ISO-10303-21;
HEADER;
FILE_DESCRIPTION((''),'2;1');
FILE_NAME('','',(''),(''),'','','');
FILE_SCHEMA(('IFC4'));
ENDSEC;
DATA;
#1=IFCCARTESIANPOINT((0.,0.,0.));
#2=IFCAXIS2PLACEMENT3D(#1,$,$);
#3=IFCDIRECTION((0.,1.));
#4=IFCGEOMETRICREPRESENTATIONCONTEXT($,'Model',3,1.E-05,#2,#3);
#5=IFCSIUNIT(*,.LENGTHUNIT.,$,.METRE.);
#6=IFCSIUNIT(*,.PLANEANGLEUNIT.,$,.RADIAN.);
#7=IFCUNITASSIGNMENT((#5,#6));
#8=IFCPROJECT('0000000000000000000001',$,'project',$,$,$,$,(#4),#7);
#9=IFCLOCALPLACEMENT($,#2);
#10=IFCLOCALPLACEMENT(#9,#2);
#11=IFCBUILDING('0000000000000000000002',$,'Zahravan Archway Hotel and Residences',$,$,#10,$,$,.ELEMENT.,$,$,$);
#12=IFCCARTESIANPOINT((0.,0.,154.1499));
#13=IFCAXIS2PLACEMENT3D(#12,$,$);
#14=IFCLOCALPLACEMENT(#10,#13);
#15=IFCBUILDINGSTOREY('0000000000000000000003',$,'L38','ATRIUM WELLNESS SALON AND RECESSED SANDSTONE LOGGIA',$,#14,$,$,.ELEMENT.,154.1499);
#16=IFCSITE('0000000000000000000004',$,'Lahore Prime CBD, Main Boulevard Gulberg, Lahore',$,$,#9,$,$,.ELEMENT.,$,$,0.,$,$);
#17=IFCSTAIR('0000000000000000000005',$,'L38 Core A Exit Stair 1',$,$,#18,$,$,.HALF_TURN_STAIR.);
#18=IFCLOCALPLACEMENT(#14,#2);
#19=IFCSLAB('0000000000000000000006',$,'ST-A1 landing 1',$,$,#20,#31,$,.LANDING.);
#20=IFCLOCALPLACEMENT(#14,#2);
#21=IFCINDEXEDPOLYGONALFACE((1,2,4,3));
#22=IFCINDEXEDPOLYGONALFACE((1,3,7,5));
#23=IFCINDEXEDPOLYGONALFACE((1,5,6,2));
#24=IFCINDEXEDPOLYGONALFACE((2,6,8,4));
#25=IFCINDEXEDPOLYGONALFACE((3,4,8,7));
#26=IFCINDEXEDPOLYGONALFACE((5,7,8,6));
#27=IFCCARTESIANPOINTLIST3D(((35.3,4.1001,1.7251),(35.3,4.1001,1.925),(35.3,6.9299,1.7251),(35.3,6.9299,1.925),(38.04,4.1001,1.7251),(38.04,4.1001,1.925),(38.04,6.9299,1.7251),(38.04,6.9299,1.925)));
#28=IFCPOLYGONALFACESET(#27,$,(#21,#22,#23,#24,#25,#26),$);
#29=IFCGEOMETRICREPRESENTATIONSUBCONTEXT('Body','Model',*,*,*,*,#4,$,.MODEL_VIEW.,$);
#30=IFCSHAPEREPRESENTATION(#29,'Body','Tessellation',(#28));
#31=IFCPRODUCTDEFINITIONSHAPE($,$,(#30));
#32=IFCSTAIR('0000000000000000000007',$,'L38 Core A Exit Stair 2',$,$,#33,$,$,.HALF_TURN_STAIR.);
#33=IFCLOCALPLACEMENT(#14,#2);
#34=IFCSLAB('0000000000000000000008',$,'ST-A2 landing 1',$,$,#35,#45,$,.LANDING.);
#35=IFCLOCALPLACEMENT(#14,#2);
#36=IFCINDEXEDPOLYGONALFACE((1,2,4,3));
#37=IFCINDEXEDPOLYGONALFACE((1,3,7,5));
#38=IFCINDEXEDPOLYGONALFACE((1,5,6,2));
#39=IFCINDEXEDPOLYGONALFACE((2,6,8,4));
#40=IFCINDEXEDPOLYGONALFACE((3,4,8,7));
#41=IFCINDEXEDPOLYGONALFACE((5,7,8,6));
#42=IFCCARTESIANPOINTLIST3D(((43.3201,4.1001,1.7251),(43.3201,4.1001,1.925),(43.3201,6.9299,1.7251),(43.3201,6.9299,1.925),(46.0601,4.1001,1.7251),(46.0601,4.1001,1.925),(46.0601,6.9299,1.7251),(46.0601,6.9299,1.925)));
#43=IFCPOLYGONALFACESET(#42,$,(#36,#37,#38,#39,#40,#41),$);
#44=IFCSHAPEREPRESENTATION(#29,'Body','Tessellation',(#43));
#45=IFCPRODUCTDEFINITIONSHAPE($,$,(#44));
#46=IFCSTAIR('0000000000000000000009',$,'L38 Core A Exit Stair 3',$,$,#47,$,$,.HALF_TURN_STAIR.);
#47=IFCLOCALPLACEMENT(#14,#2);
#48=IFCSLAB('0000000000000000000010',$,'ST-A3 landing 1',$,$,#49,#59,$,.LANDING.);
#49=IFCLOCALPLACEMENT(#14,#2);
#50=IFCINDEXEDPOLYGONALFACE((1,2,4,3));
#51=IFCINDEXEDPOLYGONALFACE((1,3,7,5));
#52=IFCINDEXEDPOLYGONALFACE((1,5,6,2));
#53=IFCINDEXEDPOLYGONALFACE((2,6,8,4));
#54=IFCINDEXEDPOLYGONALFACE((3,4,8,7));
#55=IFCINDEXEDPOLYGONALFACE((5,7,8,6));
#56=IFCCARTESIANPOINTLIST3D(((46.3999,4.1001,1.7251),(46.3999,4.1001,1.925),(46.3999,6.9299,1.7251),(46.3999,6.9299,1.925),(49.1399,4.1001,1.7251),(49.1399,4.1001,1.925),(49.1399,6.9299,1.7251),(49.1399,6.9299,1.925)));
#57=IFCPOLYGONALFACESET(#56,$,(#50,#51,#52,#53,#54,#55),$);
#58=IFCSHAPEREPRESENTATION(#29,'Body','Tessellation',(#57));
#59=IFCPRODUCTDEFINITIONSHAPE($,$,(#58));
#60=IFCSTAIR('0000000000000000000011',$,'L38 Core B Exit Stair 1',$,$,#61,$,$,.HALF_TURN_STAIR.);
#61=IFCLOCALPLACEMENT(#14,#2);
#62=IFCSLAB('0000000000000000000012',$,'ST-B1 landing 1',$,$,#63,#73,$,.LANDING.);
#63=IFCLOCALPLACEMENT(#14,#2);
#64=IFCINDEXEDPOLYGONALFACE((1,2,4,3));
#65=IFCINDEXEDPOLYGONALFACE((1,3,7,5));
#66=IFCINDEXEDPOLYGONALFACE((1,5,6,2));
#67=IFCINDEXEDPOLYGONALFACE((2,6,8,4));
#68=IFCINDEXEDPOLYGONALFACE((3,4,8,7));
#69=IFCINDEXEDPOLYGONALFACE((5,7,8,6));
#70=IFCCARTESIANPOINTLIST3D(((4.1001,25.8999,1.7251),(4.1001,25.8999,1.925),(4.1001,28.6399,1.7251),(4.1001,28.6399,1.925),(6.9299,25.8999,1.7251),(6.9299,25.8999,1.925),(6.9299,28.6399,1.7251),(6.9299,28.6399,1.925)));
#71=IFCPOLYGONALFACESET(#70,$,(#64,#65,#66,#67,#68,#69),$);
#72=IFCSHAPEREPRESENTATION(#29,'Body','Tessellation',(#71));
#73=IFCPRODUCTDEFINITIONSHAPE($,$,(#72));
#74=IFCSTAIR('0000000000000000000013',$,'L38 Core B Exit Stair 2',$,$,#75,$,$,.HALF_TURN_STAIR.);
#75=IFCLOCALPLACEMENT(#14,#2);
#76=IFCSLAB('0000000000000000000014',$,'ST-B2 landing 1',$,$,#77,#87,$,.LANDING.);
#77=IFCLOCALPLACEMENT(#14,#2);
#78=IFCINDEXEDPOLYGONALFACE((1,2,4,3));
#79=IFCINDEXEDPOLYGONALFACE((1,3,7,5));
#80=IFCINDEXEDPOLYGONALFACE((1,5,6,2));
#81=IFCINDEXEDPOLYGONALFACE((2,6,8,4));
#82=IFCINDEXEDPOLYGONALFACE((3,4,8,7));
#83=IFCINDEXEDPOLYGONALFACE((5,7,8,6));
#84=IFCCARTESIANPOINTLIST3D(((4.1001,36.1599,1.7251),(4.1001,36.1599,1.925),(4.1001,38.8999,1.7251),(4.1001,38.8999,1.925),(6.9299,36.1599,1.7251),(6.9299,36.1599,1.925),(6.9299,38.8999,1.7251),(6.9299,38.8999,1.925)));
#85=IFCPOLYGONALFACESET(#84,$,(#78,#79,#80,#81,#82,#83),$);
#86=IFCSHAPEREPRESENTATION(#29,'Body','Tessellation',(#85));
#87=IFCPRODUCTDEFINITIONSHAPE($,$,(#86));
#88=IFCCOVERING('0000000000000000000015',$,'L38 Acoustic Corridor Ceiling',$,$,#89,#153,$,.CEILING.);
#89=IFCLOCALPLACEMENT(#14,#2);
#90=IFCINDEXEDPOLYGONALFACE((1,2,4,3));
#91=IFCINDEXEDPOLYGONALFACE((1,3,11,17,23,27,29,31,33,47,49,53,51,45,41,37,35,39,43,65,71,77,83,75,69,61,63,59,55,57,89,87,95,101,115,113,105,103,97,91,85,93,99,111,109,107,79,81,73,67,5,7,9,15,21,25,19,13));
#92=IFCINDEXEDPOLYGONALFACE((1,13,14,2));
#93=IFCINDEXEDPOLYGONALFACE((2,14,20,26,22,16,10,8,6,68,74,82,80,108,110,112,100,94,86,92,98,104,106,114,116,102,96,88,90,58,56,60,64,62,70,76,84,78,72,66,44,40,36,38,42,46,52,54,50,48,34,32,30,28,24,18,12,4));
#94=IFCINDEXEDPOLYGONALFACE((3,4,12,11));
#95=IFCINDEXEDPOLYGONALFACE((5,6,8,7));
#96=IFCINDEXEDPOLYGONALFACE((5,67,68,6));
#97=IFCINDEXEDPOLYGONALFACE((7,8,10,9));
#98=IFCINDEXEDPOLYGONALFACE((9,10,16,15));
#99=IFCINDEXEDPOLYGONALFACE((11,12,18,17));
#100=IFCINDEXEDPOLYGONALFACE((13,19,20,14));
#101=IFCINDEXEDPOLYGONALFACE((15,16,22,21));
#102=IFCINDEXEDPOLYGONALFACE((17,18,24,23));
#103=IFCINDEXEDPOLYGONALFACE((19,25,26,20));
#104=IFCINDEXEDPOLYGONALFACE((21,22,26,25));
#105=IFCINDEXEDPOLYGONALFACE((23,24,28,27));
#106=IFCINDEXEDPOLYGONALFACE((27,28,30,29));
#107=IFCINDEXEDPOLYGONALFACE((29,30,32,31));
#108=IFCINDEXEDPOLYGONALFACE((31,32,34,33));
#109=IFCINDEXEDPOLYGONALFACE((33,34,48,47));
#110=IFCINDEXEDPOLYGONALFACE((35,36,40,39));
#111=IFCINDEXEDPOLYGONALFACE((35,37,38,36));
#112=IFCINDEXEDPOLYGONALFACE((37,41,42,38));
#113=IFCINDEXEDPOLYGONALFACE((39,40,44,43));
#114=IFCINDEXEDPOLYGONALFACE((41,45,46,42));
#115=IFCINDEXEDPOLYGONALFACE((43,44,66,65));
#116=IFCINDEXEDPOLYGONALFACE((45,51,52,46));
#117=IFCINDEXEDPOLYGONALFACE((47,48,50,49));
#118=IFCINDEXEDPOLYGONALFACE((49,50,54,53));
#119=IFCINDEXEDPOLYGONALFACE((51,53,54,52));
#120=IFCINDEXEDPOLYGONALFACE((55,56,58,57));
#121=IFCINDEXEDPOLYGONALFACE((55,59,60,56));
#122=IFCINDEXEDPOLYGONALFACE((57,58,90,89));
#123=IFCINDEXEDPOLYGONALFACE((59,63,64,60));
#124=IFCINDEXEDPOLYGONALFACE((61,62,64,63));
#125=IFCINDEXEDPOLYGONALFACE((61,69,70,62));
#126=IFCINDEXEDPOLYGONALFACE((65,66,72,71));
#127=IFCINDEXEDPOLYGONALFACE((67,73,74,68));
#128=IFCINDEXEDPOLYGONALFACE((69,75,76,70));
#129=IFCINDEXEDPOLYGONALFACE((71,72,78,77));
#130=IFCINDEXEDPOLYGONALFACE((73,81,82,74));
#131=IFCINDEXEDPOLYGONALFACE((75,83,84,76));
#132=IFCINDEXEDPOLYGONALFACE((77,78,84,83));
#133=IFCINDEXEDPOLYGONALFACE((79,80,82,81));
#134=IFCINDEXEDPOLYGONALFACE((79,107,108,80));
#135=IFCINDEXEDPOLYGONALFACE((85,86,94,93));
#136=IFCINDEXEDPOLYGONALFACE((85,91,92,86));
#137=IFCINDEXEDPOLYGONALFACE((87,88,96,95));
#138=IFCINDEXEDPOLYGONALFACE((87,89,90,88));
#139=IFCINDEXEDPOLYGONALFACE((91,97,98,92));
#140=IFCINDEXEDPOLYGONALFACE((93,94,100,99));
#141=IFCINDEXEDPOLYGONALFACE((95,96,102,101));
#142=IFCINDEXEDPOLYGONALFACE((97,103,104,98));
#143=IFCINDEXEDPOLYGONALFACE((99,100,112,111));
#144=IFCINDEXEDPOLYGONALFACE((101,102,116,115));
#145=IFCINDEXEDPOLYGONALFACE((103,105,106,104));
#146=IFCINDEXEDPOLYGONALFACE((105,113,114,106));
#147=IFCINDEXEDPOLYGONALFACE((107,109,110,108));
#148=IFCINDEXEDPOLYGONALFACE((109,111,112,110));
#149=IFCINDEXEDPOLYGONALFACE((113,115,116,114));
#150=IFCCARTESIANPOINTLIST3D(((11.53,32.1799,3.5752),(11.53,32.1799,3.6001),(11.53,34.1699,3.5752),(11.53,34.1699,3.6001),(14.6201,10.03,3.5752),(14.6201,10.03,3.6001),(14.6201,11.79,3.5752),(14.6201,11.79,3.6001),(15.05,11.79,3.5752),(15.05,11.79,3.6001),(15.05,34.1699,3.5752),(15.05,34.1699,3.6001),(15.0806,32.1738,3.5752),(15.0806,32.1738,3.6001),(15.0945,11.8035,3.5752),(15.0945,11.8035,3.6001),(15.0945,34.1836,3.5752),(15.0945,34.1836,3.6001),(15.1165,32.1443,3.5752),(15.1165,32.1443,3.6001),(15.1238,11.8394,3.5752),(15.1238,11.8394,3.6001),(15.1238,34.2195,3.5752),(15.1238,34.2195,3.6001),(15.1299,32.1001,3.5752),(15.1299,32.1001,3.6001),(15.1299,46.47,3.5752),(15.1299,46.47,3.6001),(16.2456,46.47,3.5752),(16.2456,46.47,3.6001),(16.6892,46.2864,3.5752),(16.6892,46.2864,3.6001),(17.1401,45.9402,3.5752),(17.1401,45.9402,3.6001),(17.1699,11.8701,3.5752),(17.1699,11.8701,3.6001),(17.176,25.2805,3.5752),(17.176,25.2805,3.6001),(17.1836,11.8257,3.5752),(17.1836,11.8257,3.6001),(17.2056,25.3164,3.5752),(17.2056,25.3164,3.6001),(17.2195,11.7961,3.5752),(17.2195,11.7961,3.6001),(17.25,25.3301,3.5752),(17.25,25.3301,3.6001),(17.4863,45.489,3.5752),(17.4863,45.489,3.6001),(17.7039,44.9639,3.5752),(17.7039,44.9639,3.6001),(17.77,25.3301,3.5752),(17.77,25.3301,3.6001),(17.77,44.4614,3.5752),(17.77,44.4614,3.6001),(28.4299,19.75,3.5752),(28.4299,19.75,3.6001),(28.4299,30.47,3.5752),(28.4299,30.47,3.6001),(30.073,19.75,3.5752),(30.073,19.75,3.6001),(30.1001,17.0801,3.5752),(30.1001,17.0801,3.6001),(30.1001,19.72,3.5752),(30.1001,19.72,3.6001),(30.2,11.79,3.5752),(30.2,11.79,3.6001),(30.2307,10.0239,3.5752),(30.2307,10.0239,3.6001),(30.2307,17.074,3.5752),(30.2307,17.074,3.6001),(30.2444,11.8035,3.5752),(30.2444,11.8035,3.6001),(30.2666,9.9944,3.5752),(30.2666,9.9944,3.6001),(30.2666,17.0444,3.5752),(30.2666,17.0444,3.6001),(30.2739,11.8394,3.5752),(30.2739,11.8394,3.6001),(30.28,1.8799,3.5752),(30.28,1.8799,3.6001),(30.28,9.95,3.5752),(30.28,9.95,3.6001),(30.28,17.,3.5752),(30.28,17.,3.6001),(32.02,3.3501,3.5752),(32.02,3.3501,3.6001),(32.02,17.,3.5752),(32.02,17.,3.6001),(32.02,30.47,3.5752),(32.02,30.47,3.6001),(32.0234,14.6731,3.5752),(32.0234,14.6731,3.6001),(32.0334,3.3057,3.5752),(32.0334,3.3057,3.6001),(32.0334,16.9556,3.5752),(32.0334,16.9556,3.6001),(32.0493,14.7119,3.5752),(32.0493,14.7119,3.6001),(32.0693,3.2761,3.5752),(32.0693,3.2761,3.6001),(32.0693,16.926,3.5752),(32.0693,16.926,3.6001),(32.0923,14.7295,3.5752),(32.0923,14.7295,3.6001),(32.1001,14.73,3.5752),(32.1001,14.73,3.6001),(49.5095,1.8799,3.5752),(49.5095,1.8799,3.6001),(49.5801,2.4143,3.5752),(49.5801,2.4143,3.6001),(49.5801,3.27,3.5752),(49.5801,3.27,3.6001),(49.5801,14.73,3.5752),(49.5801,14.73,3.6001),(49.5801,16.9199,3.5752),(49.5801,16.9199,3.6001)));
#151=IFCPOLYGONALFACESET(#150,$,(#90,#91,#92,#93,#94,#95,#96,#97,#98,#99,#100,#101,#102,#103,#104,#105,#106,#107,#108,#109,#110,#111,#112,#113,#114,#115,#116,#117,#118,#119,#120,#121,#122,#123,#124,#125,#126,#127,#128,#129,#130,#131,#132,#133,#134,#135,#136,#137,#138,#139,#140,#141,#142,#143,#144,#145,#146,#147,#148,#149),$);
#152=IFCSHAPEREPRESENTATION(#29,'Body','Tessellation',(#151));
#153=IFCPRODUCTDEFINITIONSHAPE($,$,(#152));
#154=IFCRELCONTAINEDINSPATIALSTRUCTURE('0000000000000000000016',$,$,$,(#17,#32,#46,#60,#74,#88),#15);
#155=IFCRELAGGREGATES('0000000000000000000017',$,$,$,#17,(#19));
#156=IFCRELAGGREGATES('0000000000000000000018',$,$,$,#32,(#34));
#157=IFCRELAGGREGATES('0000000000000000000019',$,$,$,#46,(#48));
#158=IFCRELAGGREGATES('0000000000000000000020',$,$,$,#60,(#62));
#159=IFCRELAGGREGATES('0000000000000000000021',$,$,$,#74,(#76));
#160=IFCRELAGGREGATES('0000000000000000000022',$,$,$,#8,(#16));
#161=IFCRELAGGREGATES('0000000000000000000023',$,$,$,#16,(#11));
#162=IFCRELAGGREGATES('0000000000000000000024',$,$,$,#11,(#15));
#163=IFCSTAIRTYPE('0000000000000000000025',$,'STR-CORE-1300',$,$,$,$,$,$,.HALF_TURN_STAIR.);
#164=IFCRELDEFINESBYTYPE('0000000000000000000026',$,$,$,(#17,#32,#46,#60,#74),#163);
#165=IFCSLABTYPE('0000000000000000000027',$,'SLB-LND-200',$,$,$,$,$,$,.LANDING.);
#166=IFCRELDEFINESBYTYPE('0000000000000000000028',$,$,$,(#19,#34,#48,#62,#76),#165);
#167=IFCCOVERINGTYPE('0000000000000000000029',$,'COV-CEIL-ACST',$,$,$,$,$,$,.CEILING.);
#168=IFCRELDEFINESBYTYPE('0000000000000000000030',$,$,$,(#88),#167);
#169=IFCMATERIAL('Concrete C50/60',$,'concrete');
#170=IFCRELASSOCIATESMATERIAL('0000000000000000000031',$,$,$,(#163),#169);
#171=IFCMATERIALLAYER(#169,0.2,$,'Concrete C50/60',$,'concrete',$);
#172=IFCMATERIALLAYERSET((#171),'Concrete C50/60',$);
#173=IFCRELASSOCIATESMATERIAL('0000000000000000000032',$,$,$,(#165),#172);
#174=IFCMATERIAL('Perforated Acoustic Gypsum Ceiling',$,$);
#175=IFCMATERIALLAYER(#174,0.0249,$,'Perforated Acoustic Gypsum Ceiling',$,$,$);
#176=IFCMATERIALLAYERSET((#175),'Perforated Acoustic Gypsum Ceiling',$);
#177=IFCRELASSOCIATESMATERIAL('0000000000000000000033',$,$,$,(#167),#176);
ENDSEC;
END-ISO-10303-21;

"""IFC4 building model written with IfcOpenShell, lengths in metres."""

from ifc_helpers import new_model, si_unit, direction, frame, origin, place, context, subcontext, project, spatial, polyline, outline, extrude, material, layer, layer_set, type_object, element, aggregate, save


model = new_model("IFC4")

# Units and contexts
model_context = context("Model", 3, precision=1e-05, world=origin(), true_north=direction((0.0, 1.0)))
body_context = subcontext(model_context, "Body", "Model", "MODEL_VIEW")
ifc_project = project(units=[si_unit("LENGTHUNIT", "METRE"), si_unit("PLANEANGLEUNIT", "RADIAN")], contexts=[model_context])

# Site, building, storey
site_placement = place(None, origin())
site = spatial("IfcSite", under=ifc_project, at=site_placement, Name="Lahore Prime CBD, Main Boulevard Gulberg, Lahore", CompositionType="ELEMENT", RefElevation=0.0)
building_placement = place(site_placement, origin())
building = spatial("IfcBuilding", under=site, at=building_placement, Name="Zahravan Archway Hotel and Residences", CompositionType="ELEMENT")
storey_placement = place(building_placement, frame((0.0, 0.0, 154.1499)))
storey = spatial("IfcBuildingStorey", under=building, at=storey_placement, Name="L38", Description="ATRIUM WELLNESS SALON AND RECESSED SANDSTONE LOGGIA", CompositionType="ELEMENT", Elevation=154.1499)

# Stairs, slabs
ifc_material_1 = material(Name="Concrete C50/60", Category="concrete")
stair_type = type_object("IfcStairType", Name="STR-CORE-1300", PredefinedType="HALF_TURN_STAIR", material=ifc_material_1)
stair_1_placement = place(storey_placement, origin())
stair_1 = element("IfcStair", 1, at=stair_1_placement, inside=storey, type_object=stair_type, Name="L38 Core A Exit Stair 1", PredefinedType="HALF_TURN_STAIR")
ifc_layer_1 = layer(ifc_material_1, 0.2, Name="Concrete C50/60", Category="concrete")
ifc_layer_set_1 = layer_set([ifc_layer_1], Name="Concrete C50/60")
slab_type_1 = type_object("IfcSlabType", Name="SLB-LND-200", PredefinedType="LANDING", material=ifc_layer_set_1)
slab_1_placement = place(storey_placement, frame((0.0, 0.0, 1.7251)))
slab_1 = element("IfcSlab", 2, at=slab_1_placement, type_object=slab_type_1, Name="ST-A1 landing 1", PredefinedType="LANDING", context=body_context, shape_type="SweptSolid", body=[
    extrude(outline(polyline([(35.3, 6.9299), (35.3, 4.1001), (38.04, 4.1001), (38.04, 6.9299), (35.3, 6.9299)])), origin(), (0.0, 0.0, 1.0), 0.2),
])
aggregate(stair_1, [slab_1])
stair_2_placement = place(storey_placement, origin())
stair_2 = element("IfcStair", 3, at=stair_2_placement, inside=storey, type_object=stair_type, Name="L38 Core A Exit Stair 2", PredefinedType="HALF_TURN_STAIR")
slab_2_placement = place(storey_placement, frame((0.0, 0.0, 1.7251)))
slab_2 = element("IfcSlab", 4, at=slab_2_placement, type_object=slab_type_1, Name="ST-A2 landing 1", PredefinedType="LANDING", context=body_context, shape_type="SweptSolid", body=[
    extrude(outline(polyline([(43.3201, 6.9299), (43.3201, 4.1001), (46.0601, 4.1001), (46.0601, 6.9299), (43.3201, 6.9299)])), origin(), (0.0, 0.0, 1.0), 0.2),
])
aggregate(stair_2, [slab_2])
stair_3_placement = place(storey_placement, origin())
stair_3 = element("IfcStair", 5, at=stair_3_placement, inside=storey, type_object=stair_type, Name="L38 Core A Exit Stair 3", PredefinedType="HALF_TURN_STAIR")
slab_3_placement = place(storey_placement, frame((0.0, 0.0, 1.7251)))
slab_3 = element("IfcSlab", 6, at=slab_3_placement, type_object=slab_type_1, Name="ST-A3 landing 1", PredefinedType="LANDING", context=body_context, shape_type="SweptSolid", body=[
    extrude(outline(polyline([(46.3999, 6.9299), (46.3999, 4.1001), (49.1399, 4.1001), (49.1399, 6.9299), (46.3999, 6.9299)])), origin(), (0.0, 0.0, 1.0), 0.2),
])
aggregate(stair_3, [slab_3])
stair_4_placement = place(storey_placement, origin())
stair_4 = element("IfcStair", 7, at=stair_4_placement, inside=storey, type_object=stair_type, Name="L38 Core B Exit Stair 1", PredefinedType="HALF_TURN_STAIR")
slab_4_placement = place(storey_placement, frame((0.0, 0.0, 1.7251)))
slab_4 = element("IfcSlab", 8, at=slab_4_placement, type_object=slab_type_1, Name="ST-B1 landing 1", PredefinedType="LANDING", context=body_context, shape_type="SweptSolid", body=[
    extrude(outline(polyline([(6.9299, 28.6399), (4.1001, 28.6399), (4.1001, 25.8999), (6.9299, 25.8999), (6.9299, 28.6399)])), origin(), (0.0, 0.0, 1.0), 0.2),
])
aggregate(stair_4, [slab_4])
stair_5_placement = place(storey_placement, origin())
stair_5 = element("IfcStair", 9, at=stair_5_placement, inside=storey, type_object=stair_type, Name="L38 Core B Exit Stair 2", PredefinedType="HALF_TURN_STAIR")
slab_5_placement = place(storey_placement, frame((0.0, 0.0, 1.7251)))
slab_5 = element("IfcSlab", 10, at=slab_5_placement, type_object=slab_type_1, Name="ST-B2 landing 1", PredefinedType="LANDING", context=body_context, shape_type="SweptSolid", body=[
    extrude(outline(polyline([(6.9299, 38.8999), (4.1001, 38.8999), (4.1001, 36.1599), (6.9299, 36.1599), (6.9299, 38.8999)])), origin(), (0.0, 0.0, 1.0), 0.2),
])
aggregate(stair_5, [slab_5])

# Covering
ifc_material_2 = material(Name="Perforated Acoustic Gypsum Ceiling")
ifc_layer_2 = layer(ifc_material_2, 0.0249, Name="Perforated Acoustic Gypsum Ceiling")
ifc_layer_set_2 = layer_set([ifc_layer_2], Name="Perforated Acoustic Gypsum Ceiling")
covering_type_1 = type_object("IfcCoveringType", Name="COV-CEIL-ACST", PredefinedType="CEILING", material=ifc_layer_set_2)
covering_1_placement = place(storey_placement, frame((0.0, 0.0, 3.5752)))
element("IfcCovering", 11, at=covering_1_placement, inside=storey, type_object=covering_type_1, Name="L38 Acoustic Corridor Ceiling", PredefinedType="CEILING", context=body_context, shape_type="SweptSolid", body=[
    extrude(outline(polyline([(32.0923, 14.7295), (32.0493, 14.7119), (32.0234, 14.6731), (32.02, 3.3501), (32.0334, 3.3057), (32.0693, 3.2761), (49.5801, 3.27), (49.5801, 2.4143), (49.5095, 1.8799), (30.28, 1.8799), (30.28, 9.95), (30.2666, 9.9944), (30.2307, 10.0239), (14.6201, 10.03), (14.6201, 11.79), (15.05, 11.79), (15.0945, 11.8035), (15.1238, 11.8394), (15.1299, 32.1001), (15.1165, 32.1443), (15.0806, 32.1738), (11.53, 32.1799), (11.53, 34.1699), (15.05, 34.1699), (15.0945, 34.1836), (15.1238, 34.2195), (15.1299, 46.47), (16.2456, 46.47), (16.6892, 46.2864), (17.1401, 45.9402), (17.4863, 45.489), (17.7039, 44.9639), (17.77, 44.4614), (17.77, 25.3301), (17.25, 25.3301), (17.2056, 25.3164), (17.176, 25.2805), (17.1699, 11.8701), (17.1836, 11.8257), (17.2195, 11.7961), (30.2, 11.79), (30.2444, 11.8035), (30.2739, 11.8394), (30.28, 17.0), (30.2666, 17.0444), (30.2307, 17.074), (30.1001, 17.0801), (30.1001, 19.72), (30.073, 19.75), (28.4299, 19.75), (28.4299, 30.47), (32.02, 30.47), (32.02, 17.0), (32.0334, 16.9556), (32.0693, 16.926), (49.5801, 16.9199), (49.5801, 14.73), (32.1001, 14.73), (32.0923, 14.7295)])), origin(), (0.0, 0.0, 1.0), 0.0249),
])

save(model, "model.ifc")
